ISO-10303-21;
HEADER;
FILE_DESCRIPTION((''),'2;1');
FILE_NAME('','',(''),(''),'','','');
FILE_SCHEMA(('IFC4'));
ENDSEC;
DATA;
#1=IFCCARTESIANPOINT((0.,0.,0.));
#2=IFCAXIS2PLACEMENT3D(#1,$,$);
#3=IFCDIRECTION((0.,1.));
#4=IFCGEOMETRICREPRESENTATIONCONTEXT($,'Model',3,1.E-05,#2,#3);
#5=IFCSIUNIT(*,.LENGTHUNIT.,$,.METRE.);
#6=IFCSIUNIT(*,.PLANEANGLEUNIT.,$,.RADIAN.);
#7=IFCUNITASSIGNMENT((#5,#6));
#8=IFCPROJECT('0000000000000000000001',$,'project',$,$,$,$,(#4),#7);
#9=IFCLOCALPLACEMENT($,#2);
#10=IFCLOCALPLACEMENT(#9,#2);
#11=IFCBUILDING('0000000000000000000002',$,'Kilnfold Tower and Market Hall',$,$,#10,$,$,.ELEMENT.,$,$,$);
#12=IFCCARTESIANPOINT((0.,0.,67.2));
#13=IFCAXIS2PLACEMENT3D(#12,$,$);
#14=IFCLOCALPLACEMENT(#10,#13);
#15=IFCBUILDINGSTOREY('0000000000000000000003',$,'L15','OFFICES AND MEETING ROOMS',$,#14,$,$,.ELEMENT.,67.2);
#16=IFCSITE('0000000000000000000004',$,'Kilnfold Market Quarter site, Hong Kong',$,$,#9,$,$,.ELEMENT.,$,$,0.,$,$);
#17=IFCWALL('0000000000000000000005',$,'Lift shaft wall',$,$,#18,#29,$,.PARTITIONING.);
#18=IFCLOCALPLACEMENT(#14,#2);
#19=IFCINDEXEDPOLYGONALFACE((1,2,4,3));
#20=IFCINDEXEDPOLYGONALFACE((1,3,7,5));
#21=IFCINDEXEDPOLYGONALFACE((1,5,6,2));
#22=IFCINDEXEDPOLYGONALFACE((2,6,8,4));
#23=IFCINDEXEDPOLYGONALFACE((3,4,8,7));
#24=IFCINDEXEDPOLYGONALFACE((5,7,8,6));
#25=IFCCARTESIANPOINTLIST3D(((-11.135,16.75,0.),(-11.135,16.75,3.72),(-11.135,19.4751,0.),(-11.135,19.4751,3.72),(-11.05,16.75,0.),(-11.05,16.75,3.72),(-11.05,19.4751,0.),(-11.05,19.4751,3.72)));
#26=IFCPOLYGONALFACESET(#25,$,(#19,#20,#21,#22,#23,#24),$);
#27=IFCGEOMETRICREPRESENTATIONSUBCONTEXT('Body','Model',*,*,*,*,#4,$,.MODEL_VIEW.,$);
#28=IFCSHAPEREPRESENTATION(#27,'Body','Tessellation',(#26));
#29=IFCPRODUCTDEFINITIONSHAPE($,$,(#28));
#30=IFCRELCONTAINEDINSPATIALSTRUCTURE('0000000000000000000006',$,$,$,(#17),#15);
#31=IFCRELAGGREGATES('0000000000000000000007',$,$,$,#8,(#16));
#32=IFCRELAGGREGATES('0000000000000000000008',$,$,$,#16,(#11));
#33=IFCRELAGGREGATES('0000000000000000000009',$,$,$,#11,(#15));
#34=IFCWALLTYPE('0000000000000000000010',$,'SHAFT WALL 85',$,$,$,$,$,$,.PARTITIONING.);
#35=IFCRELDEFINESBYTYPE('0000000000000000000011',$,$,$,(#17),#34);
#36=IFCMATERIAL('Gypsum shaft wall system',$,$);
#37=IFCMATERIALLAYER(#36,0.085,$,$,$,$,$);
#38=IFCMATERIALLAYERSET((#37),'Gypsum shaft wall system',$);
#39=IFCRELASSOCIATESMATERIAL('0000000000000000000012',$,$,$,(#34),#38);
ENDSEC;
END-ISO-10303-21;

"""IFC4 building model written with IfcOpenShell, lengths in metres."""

from ifc_helpers import new_model, si_unit, direction, frame, frame_2d, origin, place, context, subcontext, project, spatial, rectangle, extrude, source, transform, mapped, material, layer, layer_set, type_object, element, save


model = new_model("IFC4")

# Units and contexts
model_context = context("Model", 3, precision=1e-05, world=origin(), true_north=direction((0.0, 1.0)))
body_context = subcontext(model_context, "Body", "Model", "MODEL_VIEW")
ifc_project = project(units=[si_unit("LENGTHUNIT", "METRE"), si_unit("PLANEANGLEUNIT", "RADIAN")], contexts=[model_context])

# Site, building, storey
site_placement = place(None, origin())
site = spatial("IfcSite", under=ifc_project, at=site_placement, Name="Kilnfold Market Quarter site, Hong Kong", CompositionType="ELEMENT", RefElevation=0.0)
building_placement = place(site_placement, origin())
building = spatial("IfcBuilding", under=site, at=building_placement, Name="Kilnfold Tower and Market Hall", CompositionType="ELEMENT")
storey_placement = place(building_placement, frame((0.0, 0.0, 67.2)))
storey = spatial("IfcBuildingStorey", under=building, at=storey_placement, Name="L15", Description="OFFICES AND MEETING ROOMS", CompositionType="ELEMENT", Elevation=67.2)

# Wall
ifc_material_1 = material(Name="Gypsum shaft wall system")
ifc_layer_1 = layer(ifc_material_1, 0.085)
ifc_layer_set_1 = layer_set([ifc_layer_1], Name="Gypsum shaft wall system")
wall_type_1 = type_object("IfcWallType", Name="SHAFT WALL 85", PredefinedType="PARTITIONING", material=ifc_layer_set_1)
shared_shape_1 = source(origin(), body_context, "Body", "SweptSolid", [
    extrude(rectangle(XDim=2.7251, YDim=0.085, at=frame_2d((1.3625, 0.0))), origin(), (0.0, 0.0, 1.0), 3.72),
])
wall_1_placement = place(storey_placement, frame((-11.0925, 16.75, 0.0), z_axis=(0.0, 0.0, 1.0), x_axis=(0.0, 1.0, 0.0)))
element("IfcWall", 1, at=wall_1_placement, inside=storey, type_object=wall_type_1, Name="Lift shaft wall", PredefinedType="PARTITIONING", context=body_context, shape_type="MappedRepresentation", body=[
    mapped(shared_shape_1, transform((0.0, 0.0, 0.0))),
])

save(model, "model.ifc")
